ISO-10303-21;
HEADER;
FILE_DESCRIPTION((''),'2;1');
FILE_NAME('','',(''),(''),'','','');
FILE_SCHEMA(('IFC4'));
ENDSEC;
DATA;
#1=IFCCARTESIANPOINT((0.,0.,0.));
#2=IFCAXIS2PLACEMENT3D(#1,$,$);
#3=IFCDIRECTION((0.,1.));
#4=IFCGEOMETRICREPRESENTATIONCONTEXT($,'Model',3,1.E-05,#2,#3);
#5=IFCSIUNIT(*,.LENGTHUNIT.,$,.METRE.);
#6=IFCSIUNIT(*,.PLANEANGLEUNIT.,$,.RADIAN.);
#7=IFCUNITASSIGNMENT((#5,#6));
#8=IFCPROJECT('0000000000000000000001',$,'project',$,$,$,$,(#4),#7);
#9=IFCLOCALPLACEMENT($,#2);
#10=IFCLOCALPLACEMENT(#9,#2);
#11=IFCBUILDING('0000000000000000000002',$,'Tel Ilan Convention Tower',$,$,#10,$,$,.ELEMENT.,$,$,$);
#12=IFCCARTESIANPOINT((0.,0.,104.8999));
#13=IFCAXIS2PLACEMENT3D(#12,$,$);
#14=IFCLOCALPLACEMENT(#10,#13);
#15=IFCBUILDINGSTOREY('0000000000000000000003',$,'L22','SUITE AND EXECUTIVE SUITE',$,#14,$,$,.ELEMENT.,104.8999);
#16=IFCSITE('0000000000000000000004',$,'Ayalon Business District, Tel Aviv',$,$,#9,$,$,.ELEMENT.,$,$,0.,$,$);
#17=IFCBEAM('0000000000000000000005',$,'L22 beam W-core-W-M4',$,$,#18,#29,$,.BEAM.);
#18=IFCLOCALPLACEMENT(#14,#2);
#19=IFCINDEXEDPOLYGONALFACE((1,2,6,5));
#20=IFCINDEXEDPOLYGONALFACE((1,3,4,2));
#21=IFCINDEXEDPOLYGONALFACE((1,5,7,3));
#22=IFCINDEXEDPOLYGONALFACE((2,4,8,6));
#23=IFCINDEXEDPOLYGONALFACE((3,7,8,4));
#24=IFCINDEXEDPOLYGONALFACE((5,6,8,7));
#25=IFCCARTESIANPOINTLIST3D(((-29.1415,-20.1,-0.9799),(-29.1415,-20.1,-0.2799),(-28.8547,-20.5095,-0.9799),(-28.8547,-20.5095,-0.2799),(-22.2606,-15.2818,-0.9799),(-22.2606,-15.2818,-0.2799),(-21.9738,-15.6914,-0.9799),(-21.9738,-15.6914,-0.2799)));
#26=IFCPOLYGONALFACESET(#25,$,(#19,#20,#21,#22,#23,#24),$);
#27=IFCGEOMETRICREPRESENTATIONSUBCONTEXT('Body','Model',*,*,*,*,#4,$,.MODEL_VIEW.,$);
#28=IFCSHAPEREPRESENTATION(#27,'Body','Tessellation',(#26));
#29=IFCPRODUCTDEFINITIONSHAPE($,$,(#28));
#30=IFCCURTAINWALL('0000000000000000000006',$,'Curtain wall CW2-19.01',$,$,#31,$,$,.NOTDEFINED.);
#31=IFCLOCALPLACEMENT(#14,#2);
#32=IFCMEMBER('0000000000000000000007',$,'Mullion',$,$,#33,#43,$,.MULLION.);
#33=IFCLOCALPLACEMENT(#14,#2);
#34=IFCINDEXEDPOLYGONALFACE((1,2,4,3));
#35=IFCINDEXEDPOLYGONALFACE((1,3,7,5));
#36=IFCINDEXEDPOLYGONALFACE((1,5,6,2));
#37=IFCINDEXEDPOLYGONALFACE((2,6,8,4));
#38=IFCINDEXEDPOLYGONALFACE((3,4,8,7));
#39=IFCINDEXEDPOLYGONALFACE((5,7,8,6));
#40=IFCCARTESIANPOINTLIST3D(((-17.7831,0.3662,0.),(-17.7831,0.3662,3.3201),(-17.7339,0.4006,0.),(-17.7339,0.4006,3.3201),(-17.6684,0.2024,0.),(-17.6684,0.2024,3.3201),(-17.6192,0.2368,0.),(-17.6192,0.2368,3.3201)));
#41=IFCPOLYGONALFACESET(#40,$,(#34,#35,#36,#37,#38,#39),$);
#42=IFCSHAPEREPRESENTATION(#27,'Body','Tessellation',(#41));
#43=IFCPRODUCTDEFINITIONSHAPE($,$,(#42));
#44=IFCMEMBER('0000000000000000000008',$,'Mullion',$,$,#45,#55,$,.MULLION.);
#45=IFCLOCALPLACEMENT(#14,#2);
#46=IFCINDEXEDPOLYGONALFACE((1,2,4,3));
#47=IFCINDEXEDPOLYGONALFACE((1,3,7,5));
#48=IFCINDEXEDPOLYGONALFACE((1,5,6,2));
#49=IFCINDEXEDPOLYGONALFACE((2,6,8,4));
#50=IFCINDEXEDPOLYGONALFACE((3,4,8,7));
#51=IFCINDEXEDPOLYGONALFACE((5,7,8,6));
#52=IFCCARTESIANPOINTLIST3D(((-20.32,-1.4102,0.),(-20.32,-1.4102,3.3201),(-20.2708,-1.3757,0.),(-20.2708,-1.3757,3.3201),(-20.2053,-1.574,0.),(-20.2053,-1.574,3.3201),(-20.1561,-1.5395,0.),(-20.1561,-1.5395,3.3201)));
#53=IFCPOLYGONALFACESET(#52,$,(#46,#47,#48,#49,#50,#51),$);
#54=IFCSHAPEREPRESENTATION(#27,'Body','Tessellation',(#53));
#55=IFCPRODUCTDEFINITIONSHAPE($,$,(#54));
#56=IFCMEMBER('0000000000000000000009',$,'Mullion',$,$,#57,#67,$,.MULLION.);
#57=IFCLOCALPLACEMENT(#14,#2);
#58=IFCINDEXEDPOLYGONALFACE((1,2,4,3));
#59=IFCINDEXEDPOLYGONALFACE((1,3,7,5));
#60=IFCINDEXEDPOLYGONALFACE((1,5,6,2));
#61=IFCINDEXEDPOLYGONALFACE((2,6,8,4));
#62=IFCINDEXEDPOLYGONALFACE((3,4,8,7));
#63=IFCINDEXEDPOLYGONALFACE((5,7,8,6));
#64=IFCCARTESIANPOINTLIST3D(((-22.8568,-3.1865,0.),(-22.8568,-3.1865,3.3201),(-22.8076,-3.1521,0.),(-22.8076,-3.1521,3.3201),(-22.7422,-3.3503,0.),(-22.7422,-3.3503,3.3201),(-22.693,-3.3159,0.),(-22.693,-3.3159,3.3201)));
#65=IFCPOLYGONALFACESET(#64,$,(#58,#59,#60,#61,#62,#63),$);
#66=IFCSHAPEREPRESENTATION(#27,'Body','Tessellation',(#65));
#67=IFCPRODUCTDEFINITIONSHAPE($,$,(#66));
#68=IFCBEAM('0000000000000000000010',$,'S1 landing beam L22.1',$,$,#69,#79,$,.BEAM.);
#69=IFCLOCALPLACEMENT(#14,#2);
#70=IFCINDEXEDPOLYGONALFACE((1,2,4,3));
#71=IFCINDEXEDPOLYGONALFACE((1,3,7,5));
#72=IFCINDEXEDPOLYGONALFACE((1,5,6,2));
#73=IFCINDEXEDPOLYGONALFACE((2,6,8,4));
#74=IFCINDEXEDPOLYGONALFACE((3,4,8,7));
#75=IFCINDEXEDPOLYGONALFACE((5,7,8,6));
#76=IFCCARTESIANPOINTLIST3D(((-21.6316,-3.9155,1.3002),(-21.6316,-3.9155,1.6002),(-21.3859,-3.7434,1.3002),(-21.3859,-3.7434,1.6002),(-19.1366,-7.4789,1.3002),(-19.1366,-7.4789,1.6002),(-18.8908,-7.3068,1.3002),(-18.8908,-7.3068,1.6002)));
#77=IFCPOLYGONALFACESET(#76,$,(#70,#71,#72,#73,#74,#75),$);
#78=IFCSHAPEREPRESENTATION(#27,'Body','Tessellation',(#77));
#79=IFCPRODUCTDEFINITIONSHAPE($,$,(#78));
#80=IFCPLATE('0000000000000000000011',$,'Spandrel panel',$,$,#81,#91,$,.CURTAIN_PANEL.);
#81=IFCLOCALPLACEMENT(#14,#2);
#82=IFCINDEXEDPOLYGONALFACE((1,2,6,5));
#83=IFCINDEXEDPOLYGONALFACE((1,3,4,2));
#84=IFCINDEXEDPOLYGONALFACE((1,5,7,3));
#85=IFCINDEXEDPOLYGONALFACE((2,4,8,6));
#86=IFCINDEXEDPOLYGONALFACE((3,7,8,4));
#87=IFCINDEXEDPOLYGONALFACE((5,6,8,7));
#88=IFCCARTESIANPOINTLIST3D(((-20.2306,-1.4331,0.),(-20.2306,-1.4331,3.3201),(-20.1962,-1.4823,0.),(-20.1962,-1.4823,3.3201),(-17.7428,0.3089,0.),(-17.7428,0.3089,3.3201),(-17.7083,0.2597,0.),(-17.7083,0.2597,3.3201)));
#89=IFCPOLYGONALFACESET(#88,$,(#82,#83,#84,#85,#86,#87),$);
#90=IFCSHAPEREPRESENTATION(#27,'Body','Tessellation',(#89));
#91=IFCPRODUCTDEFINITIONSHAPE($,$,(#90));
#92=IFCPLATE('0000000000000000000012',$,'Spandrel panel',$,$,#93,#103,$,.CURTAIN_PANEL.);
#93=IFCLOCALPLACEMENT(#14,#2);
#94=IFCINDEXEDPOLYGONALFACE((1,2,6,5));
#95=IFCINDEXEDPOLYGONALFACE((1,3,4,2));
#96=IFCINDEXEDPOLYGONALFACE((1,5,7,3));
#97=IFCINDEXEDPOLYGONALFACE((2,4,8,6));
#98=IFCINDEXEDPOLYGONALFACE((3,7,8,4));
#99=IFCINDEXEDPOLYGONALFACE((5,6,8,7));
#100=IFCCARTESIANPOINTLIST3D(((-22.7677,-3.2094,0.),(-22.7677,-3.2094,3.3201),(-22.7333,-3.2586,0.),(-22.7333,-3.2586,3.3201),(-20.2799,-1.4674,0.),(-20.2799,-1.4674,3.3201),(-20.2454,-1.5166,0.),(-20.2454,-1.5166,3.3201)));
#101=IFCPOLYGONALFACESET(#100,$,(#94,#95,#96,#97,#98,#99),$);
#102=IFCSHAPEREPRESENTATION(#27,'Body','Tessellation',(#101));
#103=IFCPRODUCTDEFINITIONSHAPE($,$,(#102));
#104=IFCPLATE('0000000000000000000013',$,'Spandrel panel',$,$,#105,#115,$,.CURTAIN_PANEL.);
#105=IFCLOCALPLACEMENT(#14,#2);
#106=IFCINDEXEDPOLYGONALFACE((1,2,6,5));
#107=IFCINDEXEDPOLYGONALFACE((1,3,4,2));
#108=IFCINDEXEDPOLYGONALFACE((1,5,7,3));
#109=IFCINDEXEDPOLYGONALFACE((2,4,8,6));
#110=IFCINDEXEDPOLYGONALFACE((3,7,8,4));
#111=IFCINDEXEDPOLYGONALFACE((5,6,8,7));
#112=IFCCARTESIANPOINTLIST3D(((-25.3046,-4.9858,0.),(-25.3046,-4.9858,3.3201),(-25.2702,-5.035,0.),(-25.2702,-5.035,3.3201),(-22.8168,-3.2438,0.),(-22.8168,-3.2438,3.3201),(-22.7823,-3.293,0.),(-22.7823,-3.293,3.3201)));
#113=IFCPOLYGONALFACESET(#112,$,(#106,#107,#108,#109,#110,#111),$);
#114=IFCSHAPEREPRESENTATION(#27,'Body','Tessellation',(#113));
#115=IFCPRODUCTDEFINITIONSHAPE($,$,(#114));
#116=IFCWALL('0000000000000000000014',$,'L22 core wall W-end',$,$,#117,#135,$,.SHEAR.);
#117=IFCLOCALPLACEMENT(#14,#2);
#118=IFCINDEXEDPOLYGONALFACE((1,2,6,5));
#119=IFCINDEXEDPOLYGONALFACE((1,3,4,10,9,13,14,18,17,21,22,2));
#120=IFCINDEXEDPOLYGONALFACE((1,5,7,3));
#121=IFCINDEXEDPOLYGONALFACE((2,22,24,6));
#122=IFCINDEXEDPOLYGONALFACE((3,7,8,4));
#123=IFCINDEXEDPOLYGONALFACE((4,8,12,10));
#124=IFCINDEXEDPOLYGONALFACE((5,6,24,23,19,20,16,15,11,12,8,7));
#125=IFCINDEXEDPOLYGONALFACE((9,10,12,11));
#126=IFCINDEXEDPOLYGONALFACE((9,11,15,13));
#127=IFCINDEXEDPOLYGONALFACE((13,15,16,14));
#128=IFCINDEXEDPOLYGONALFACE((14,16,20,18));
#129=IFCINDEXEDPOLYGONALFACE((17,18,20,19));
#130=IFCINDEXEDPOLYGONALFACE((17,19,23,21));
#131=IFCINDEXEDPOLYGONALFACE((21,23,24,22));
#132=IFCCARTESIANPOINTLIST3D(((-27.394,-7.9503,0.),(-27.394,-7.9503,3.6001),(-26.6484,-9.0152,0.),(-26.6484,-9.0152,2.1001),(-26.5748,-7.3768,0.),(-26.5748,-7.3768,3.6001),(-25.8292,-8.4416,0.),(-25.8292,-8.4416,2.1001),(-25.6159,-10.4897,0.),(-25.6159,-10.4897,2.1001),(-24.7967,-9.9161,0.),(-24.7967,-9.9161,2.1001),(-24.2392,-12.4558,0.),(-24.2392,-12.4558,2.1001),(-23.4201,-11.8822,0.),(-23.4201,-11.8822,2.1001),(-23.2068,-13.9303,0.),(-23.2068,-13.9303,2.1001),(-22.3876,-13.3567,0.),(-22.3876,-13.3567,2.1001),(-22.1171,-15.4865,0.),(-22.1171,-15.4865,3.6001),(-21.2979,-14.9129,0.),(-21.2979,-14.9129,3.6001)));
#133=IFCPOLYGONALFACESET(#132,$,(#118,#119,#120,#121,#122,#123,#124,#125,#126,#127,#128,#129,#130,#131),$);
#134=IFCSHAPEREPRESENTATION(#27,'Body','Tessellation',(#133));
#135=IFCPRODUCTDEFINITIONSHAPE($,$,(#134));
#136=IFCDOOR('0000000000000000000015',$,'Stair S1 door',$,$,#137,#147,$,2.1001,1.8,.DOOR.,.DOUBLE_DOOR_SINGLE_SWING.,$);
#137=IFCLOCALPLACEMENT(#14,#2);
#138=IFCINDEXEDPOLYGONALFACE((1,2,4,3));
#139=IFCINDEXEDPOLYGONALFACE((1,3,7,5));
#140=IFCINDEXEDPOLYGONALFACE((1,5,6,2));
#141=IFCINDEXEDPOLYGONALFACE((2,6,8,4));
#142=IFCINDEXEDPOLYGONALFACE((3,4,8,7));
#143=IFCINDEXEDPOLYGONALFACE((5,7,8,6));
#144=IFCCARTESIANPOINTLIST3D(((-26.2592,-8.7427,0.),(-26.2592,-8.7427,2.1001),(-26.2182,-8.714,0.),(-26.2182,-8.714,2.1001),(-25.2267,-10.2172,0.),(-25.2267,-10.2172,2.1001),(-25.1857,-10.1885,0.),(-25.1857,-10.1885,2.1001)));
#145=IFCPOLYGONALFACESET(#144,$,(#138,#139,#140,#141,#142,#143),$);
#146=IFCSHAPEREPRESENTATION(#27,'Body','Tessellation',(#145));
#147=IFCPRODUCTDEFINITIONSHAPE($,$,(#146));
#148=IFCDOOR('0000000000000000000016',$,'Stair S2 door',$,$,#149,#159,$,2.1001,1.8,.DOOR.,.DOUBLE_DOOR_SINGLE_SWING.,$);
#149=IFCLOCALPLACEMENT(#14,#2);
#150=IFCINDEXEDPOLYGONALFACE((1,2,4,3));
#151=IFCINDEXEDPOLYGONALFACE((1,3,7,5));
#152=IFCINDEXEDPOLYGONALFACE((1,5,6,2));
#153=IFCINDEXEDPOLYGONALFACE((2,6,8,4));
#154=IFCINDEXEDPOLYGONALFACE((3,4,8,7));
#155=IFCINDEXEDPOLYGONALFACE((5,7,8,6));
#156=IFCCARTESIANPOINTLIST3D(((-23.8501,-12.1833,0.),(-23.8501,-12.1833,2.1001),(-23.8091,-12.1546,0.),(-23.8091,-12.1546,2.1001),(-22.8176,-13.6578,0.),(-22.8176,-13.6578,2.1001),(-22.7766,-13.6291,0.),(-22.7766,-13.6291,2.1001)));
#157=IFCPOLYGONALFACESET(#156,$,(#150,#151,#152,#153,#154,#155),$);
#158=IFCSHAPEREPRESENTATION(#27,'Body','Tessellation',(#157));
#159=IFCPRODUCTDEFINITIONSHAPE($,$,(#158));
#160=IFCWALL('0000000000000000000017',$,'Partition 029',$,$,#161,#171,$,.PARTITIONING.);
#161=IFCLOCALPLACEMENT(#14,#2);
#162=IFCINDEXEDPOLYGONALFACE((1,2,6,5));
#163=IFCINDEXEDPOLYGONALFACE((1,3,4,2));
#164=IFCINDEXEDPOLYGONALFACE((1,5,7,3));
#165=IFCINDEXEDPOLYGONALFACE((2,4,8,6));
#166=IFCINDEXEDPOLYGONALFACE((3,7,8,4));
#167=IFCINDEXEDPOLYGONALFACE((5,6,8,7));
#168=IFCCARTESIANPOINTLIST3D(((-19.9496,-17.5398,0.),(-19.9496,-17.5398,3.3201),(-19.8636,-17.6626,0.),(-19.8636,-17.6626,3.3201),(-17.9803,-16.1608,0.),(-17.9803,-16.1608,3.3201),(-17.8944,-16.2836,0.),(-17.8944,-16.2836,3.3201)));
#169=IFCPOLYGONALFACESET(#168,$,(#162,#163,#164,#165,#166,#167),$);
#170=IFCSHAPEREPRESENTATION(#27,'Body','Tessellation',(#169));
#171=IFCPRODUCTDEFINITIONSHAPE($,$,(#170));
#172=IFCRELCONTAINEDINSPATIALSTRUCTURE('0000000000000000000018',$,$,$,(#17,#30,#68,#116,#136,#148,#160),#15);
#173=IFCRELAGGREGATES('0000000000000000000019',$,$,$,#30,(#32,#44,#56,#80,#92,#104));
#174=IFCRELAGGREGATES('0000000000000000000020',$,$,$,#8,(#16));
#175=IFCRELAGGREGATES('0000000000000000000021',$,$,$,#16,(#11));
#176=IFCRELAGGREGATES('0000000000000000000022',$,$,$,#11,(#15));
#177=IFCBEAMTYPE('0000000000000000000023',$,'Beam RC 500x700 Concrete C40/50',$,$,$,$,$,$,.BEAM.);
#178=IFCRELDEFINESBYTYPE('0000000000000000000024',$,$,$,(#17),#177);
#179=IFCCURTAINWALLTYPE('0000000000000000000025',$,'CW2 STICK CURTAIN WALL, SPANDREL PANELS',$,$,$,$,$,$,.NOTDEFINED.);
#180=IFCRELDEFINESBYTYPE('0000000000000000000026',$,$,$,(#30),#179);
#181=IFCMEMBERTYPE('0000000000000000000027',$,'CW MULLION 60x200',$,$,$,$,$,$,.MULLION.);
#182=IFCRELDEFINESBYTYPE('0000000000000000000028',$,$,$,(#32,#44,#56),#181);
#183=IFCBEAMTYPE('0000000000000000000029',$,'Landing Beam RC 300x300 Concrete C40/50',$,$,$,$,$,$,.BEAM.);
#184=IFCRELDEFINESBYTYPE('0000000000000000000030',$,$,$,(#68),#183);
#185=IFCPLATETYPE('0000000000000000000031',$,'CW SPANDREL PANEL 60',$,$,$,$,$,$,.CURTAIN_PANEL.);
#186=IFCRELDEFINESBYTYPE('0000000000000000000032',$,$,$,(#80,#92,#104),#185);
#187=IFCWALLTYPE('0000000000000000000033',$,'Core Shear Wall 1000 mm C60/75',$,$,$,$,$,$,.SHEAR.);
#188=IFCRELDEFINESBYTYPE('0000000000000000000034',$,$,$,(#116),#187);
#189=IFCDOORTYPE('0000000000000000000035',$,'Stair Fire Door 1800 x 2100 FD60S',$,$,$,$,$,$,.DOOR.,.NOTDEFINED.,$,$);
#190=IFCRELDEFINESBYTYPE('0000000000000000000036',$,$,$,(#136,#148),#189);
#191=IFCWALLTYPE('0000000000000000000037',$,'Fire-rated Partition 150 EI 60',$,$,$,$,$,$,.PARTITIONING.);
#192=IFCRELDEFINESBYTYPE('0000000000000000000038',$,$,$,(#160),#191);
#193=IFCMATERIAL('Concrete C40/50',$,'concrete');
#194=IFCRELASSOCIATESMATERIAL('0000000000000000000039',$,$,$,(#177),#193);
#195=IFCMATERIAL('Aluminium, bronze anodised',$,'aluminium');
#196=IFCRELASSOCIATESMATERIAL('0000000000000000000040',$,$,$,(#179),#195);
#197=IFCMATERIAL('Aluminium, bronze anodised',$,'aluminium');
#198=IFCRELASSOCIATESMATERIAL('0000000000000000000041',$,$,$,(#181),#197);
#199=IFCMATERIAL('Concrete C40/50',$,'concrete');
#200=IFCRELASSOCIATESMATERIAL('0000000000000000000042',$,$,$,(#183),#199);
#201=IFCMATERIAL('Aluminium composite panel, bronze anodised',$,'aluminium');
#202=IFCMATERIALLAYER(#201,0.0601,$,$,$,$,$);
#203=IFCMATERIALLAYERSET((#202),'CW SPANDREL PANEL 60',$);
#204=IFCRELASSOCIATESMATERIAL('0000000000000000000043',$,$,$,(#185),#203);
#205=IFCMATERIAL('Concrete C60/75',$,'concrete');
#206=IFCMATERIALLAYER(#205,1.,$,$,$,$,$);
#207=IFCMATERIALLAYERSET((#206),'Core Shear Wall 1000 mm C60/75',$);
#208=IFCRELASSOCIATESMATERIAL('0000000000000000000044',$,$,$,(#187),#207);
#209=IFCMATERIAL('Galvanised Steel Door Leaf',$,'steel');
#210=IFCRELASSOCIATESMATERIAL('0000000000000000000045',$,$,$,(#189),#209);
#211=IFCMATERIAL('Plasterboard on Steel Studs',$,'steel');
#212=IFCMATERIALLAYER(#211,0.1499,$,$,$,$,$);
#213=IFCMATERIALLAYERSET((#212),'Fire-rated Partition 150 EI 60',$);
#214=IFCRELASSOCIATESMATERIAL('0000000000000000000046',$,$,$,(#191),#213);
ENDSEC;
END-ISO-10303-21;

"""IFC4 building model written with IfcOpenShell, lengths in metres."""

from ifc_helpers import new_model, si_unit, direction, frame, frame_2d, origin, origin_2d, place, context, subcontext, project, spatial, polyline, rectangle, outline, extrude, material, layer, layer_set, material_profile, profile_set, type_object, element, fill, aggregate, save


model = new_model("IFC4")

# Units and contexts
model_context = context("Model", 3, precision=1e-05, world=origin(), true_north=direction((0.0, 1.0)))
body_context = subcontext(model_context, "Body", "Model", "MODEL_VIEW")
ifc_project = project(units=[si_unit("LENGTHUNIT", "METRE"), si_unit("PLANEANGLEUNIT", "RADIAN")], contexts=[model_context])

# Site, building, storey
site_placement = place(None, origin())
site = spatial("IfcSite", under=ifc_project, at=site_placement, Name="Ayalon Business District, Tel Aviv", CompositionType="ELEMENT", RefElevation=0.0)
building_placement = place(site_placement, origin())
building = spatial("IfcBuilding", under=site, at=building_placement, Name="Tel Ilan Convention Tower", CompositionType="ELEMENT")
storey_placement = place(building_placement, frame((0.0, 0.0, 104.8999)))
storey = spatial("IfcBuildingStorey", under=building, at=storey_placement, Name="L22", Description="SUITE AND EXECUTIVE SUITE", CompositionType="ELEMENT", Elevation=104.8999)

# Beam
ifc_material_1 = material(Name="Concrete C40/50", Category="concrete")
ifc_material_profile_1 = material_profile(ifc_material_1, rectangle(XDim=0.5, YDim=0.7, at=origin_2d()), Name="RC 500x700")
ifc_profile_set_1 = profile_set([ifc_material_profile_1], Name="Concrete C40/50")
beam_type_1 = type_object("IfcBeamType", Name="Beam RC 500x700 Concrete C40/50", PredefinedType="BEAM", material=ifc_profile_set_1)
beam_1_placement = place(storey_placement, frame((-22.1172, -15.4866, -0.6299), z_axis=(-0.819147, -0.573583, 0.0), x_axis=(0.573583, -0.819147, 0.0)))
element("IfcBeam", 1, at=beam_1_placement, inside=storey, type_object=beam_type_1, Name="L22 beam W-core-W-M4", PredefinedType="BEAM", context=body_context, shape_type="SweptSolid", body=[
    extrude(rectangle(XDim=0.5, YDim=0.7, at=origin_2d()), origin(), (0.0, 0.0, 1.0), 8.4001),
])

# Curtain wall, members
ifc_material_2 = material(Name="Aluminium, bronze anodised", Category="aluminium")
curtain_wall_type = type_object("IfcCurtainWallType", Name="CW2 STICK CURTAIN WALL, SPANDREL PANELS", PredefinedType="NOTDEFINED", material=ifc_material_2)
curtain_wall_placement = place(storey_placement, origin())
curtain_wall = element("IfcCurtainWall", 2, at=curtain_wall_placement, inside=storey, type_object=curtain_wall_type, Name="Curtain wall CW2-19.01", PredefinedType="NOTDEFINED")
ifc_material_3 = material(Name="Aluminium, bronze anodised", Category="aluminium")
ifc_material_profile_2 = material_profile(ifc_material_3, rectangle(XDim=0.0601, YDim=0.2, at=origin_2d()), Name="CW MULLION 60x200")
ifc_profile_set_2 = profile_set([ifc_material_profile_2], Name="Aluminium, bronze anodised")
member_type = type_object("IfcMemberType", Name="CW MULLION 60x200", PredefinedType="MULLION", material=ifc_profile_set_2)
member_1_placement = place(storey_placement, frame((-17.7012, 0.3015, 0.0), z_axis=(0.0, 0.0, 1.0), x_axis=(-0.819152, -0.573576, 0.0)))
member_1 = element("IfcMember", 3, at=member_1_placement, type_object=member_type, Name="Mullion", PredefinedType="MULLION", context=body_context, shape_type="SweptSolid", body=[
    extrude(rectangle(XDim=0.0601, YDim=0.2, at=origin_2d()), origin(), (0.0, 0.0, 1.0), 3.3201),
])
member_2_placement = place(storey_placement, frame((-20.238, -1.4749, 0.0), z_axis=(0.0, 0.0, 1.0), x_axis=(-0.819152, -0.573576, 0.0)))
member_2 = element("IfcMember", 4, at=member_2_placement, type_object=member_type, Name="Mullion", PredefinedType="MULLION", context=body_context, shape_type="SweptSolid", body=[
    extrude(rectangle(XDim=0.0601, YDim=0.2, at=origin_2d()), origin(), (0.0, 0.0, 1.0), 3.3201),
])
member_3_placement = place(storey_placement, frame((-22.7749, -3.2512, 0.0), z_axis=(0.0, 0.0, 1.0), x_axis=(-0.819152, -0.573576, 0.0)))
member_3 = element("IfcMember", 5, at=member_3_placement, type_object=member_type, Name="Mullion", PredefinedType="MULLION", context=body_context, shape_type="SweptSolid", body=[
    extrude(rectangle(XDim=0.0601, YDim=0.2, at=origin_2d()), origin(), (0.0, 0.0, 1.0), 3.3201),
])

# Beam
ifc_material_4 = material(Name="Concrete C40/50", Category="concrete")
ifc_material_profile_3 = material_profile(ifc_material_4, rectangle(XDim=0.3, YDim=0.3, at=origin_2d()), Name="RC 300x300")
ifc_profile_set_3 = profile_set([ifc_material_profile_3], Name="Concrete C40/50")
beam_type_2 = type_object("IfcBeamType", Name="Landing Beam RC 300x300 Concrete C40/50", PredefinedType="BEAM", material=ifc_profile_set_3)
beam_2_placement = place(storey_placement, frame((-19.0137, -7.3928, 1.4502), z_axis=(-0.573568, 0.819158, 0.0), x_axis=(-0.819158, -0.573568, 0.0)))
element("IfcBeam", 6, at=beam_2_placement, inside=storey, type_object=beam_type_2, Name="S1 landing beam L22.1", PredefinedType="BEAM", context=body_context, shape_type="SweptSolid", body=[
    extrude(rectangle(XDim=0.3, YDim=0.3, at=origin_2d()), origin(), (0.0, 0.0, 1.0), 4.3501),
])

# Plates
ifc_material_5 = material(Name="Aluminium composite panel, bronze anodised", Category="aluminium")
ifc_layer_1 = layer(ifc_material_5, 0.0601)
ifc_layer_set_1 = layer_set([ifc_layer_1], Name="CW SPANDREL PANEL 60")
plate_type = type_object("IfcPlateType", Name="CW SPANDREL PANEL 60", PredefinedType="CURTAIN_PANEL", material=ifc_layer_set_1)
plate_1_placement = place(storey_placement, frame((-18.9695, -0.5867, 0.0), z_axis=(0.0, 0.0, 1.0), x_axis=(-0.819152, -0.573576, 0.0)))
plate_1 = element("IfcPlate", 7, at=plate_1_placement, type_object=plate_type, Name="Spandrel panel", PredefinedType="CURTAIN_PANEL", context=body_context, shape_type="SweptSolid", body=[
    extrude(rectangle(XDim=3.0371, YDim=0.0601, at=origin_2d()), origin(), (0.0, 0.0, 1.0), 3.3201),
])
plate_2_placement = place(storey_placement, frame((-21.5066, -2.363, 0.0), z_axis=(0.0, 0.0, 1.0), x_axis=(-0.819152, -0.573576, 0.0)))
plate_2 = element("IfcPlate", 8, at=plate_2_placement, type_object=plate_type, Name="Spandrel panel", PredefinedType="CURTAIN_PANEL", context=body_context, shape_type="SweptSolid", body=[
    extrude(rectangle(XDim=3.0371, YDim=0.0601, at=origin_2d()), origin(), (0.0, 0.0, 1.0), 3.3201),
])
plate_3_placement = place(storey_placement, frame((-24.0435, -4.1394, 0.0), z_axis=(0.0, 0.0, 1.0), x_axis=(-0.819152, -0.573576, 0.0)))
plate_3 = element("IfcPlate", 9, at=plate_3_placement, type_object=plate_type, Name="Spandrel panel", PredefinedType="CURTAIN_PANEL", context=body_context, shape_type="SweptSolid", body=[
    extrude(rectangle(XDim=3.0371, YDim=0.0601, at=origin_2d()), origin(), (0.0, 0.0, 1.0), 3.3201),
])
aggregate(curtain_wall, [member_1, member_2, member_3, plate_1, plate_2, plate_3])

# Wall, openings, doors
ifc_material_6 = material(Name="Concrete C60/75", Category="concrete")
ifc_layer_2 = layer(ifc_material_6, 1.0)
ifc_layer_set_2 = layer_set([ifc_layer_2], Name="Core Shear Wall 1000 mm C60/75")
wall_type_1 = type_object("IfcWallType", Name="Core Shear Wall 1000 mm C60/75", PredefinedType="SHEAR", material=ifc_layer_set_2)
wall_1_placement = place(storey_placement, frame((-21.7075, -15.1997, 0.0), z_axis=(0.0, 0.0, 1.0), x_axis=(-0.573576, 0.819152, 0.0)))
wall_1 = element("IfcWall", 10, at=wall_1_placement, inside=storey, type_object=wall_type_1, Name="L22 core wall W-end", PredefinedType="SHEAR", context=body_context, shape_type="SweptSolid", body=[
    extrude(outline(polyline([(0.0, 0.5), (0.0, -0.5), (9.2, -0.5), (9.2, 0.5), (0.0, 0.5)])), origin(), (0.0, 0.0, 1.0), 3.6001),
])
opening_1_placement = place(wall_1_placement, frame((6.1001, 0.0, 0.0)))
opening_1 = element("IfcOpeningElement", 11, at=opening_1_placement, cuts=wall_1, PredefinedType="OPENING", context=body_context, shape_type="SweptSolid", body=[
    extrude(rectangle(XDim=1.8, YDim=2.1001, at=frame_2d((0.8999, 1.05))), frame((0.0, 0.51, 0.0), z_axis=(0.0, -1.0, 0.0), x_axis=(1.0, 0.0, 0.0)), (0.0, 0.0, 1.0), 1.02),
])
opening_2_placement = place(wall_1_placement, frame((1.8999, 0.0, 0.0)))
opening_2 = element("IfcOpeningElement", 12, at=opening_2_placement, cuts=wall_1, PredefinedType="OPENING", context=body_context, shape_type="SweptSolid", body=[
    extrude(rectangle(XDim=1.8, YDim=2.1001, at=frame_2d((0.8999, 1.05))), frame((0.0, 0.51, 0.0), z_axis=(0.0, -1.0, 0.0), x_axis=(1.0, 0.0, 0.0)), (0.0, 0.0, 1.0), 1.02),
])
ifc_material_7 = material(Name="Galvanised Steel Door Leaf", Category="steel")
door_type = type_object("IfcDoorType", Name="Stair Fire Door 1800 x 2100 FD60S", OperationType="NOTDEFINED", PredefinedType="DOOR", material=ifc_material_7)
door_1_placement = place(opening_1_placement, origin())
door_1 = element("IfcDoor", 13, at=door_1_placement, inside=storey, type_object=door_type, Name="Stair S1 door", OperationType="DOUBLE_DOOR_SINGLE_SWING", OverallHeight=2.1001, OverallWidth=1.8, PredefinedType="DOOR", context=body_context, shape_type="SweptSolid", body=[
    extrude(rectangle(XDim=1.8, YDim=2.1001, at=frame_2d((0.8999, 1.05))), frame((0.0, 0.0249, 0.0), z_axis=(0.0, -1.0, 0.0), x_axis=(1.0, 0.0, 0.0)), (0.0, 0.0, 1.0), 0.05),
])
fill(opening_1, door_1)
door_2_placement = place(opening_2_placement, origin())
door_2 = element("IfcDoor", 14, at=door_2_placement, inside=storey, type_object=door_type, Name="Stair S2 door", OperationType="DOUBLE_DOOR_SINGLE_SWING", OverallHeight=2.1001, OverallWidth=1.8, PredefinedType="DOOR", context=body_context, shape_type="SweptSolid", body=[
    extrude(rectangle(XDim=1.8, YDim=2.1001, at=frame_2d((0.8999, 1.05))), frame((0.0, 0.0249, 0.0), z_axis=(0.0, -1.0, 0.0), x_axis=(1.0, 0.0, 0.0)), (0.0, 0.0, 1.0), 0.05),
])
fill(opening_2, door_2)

# Wall
ifc_material_8 = material(Name="Plasterboard on Steel Studs", Category="steel")
ifc_layer_3 = layer(ifc_material_8, 0.1499)
ifc_layer_set_3 = layer_set([ifc_layer_3], Name="Fire-rated Partition 150 EI 60")
wall_type_2 = type_object("IfcWallType", Name="Fire-rated Partition 150 EI 60", PredefinedType="PARTITIONING", material=ifc_layer_set_3)
wall_2_placement = place(storey_placement, frame((-17.9373, -16.2222, 0.0), z_axis=(0.0, 0.0, 1.0), x_axis=(-0.819146, -0.573585, 0.0)))
element("IfcWall", 15, at=wall_2_placement, inside=storey, type_object=wall_type_2, Name="Partition 029", PredefinedType="PARTITIONING", context=body_context, shape_type="SweptSolid", body=[
    extrude(rectangle(XDim=2.4041, YDim=0.1499, at=frame_2d((1.2021, 0.0))), origin(), (0.0, 0.0, 1.0), 3.3201),
])

save(model, "model.ifc")
